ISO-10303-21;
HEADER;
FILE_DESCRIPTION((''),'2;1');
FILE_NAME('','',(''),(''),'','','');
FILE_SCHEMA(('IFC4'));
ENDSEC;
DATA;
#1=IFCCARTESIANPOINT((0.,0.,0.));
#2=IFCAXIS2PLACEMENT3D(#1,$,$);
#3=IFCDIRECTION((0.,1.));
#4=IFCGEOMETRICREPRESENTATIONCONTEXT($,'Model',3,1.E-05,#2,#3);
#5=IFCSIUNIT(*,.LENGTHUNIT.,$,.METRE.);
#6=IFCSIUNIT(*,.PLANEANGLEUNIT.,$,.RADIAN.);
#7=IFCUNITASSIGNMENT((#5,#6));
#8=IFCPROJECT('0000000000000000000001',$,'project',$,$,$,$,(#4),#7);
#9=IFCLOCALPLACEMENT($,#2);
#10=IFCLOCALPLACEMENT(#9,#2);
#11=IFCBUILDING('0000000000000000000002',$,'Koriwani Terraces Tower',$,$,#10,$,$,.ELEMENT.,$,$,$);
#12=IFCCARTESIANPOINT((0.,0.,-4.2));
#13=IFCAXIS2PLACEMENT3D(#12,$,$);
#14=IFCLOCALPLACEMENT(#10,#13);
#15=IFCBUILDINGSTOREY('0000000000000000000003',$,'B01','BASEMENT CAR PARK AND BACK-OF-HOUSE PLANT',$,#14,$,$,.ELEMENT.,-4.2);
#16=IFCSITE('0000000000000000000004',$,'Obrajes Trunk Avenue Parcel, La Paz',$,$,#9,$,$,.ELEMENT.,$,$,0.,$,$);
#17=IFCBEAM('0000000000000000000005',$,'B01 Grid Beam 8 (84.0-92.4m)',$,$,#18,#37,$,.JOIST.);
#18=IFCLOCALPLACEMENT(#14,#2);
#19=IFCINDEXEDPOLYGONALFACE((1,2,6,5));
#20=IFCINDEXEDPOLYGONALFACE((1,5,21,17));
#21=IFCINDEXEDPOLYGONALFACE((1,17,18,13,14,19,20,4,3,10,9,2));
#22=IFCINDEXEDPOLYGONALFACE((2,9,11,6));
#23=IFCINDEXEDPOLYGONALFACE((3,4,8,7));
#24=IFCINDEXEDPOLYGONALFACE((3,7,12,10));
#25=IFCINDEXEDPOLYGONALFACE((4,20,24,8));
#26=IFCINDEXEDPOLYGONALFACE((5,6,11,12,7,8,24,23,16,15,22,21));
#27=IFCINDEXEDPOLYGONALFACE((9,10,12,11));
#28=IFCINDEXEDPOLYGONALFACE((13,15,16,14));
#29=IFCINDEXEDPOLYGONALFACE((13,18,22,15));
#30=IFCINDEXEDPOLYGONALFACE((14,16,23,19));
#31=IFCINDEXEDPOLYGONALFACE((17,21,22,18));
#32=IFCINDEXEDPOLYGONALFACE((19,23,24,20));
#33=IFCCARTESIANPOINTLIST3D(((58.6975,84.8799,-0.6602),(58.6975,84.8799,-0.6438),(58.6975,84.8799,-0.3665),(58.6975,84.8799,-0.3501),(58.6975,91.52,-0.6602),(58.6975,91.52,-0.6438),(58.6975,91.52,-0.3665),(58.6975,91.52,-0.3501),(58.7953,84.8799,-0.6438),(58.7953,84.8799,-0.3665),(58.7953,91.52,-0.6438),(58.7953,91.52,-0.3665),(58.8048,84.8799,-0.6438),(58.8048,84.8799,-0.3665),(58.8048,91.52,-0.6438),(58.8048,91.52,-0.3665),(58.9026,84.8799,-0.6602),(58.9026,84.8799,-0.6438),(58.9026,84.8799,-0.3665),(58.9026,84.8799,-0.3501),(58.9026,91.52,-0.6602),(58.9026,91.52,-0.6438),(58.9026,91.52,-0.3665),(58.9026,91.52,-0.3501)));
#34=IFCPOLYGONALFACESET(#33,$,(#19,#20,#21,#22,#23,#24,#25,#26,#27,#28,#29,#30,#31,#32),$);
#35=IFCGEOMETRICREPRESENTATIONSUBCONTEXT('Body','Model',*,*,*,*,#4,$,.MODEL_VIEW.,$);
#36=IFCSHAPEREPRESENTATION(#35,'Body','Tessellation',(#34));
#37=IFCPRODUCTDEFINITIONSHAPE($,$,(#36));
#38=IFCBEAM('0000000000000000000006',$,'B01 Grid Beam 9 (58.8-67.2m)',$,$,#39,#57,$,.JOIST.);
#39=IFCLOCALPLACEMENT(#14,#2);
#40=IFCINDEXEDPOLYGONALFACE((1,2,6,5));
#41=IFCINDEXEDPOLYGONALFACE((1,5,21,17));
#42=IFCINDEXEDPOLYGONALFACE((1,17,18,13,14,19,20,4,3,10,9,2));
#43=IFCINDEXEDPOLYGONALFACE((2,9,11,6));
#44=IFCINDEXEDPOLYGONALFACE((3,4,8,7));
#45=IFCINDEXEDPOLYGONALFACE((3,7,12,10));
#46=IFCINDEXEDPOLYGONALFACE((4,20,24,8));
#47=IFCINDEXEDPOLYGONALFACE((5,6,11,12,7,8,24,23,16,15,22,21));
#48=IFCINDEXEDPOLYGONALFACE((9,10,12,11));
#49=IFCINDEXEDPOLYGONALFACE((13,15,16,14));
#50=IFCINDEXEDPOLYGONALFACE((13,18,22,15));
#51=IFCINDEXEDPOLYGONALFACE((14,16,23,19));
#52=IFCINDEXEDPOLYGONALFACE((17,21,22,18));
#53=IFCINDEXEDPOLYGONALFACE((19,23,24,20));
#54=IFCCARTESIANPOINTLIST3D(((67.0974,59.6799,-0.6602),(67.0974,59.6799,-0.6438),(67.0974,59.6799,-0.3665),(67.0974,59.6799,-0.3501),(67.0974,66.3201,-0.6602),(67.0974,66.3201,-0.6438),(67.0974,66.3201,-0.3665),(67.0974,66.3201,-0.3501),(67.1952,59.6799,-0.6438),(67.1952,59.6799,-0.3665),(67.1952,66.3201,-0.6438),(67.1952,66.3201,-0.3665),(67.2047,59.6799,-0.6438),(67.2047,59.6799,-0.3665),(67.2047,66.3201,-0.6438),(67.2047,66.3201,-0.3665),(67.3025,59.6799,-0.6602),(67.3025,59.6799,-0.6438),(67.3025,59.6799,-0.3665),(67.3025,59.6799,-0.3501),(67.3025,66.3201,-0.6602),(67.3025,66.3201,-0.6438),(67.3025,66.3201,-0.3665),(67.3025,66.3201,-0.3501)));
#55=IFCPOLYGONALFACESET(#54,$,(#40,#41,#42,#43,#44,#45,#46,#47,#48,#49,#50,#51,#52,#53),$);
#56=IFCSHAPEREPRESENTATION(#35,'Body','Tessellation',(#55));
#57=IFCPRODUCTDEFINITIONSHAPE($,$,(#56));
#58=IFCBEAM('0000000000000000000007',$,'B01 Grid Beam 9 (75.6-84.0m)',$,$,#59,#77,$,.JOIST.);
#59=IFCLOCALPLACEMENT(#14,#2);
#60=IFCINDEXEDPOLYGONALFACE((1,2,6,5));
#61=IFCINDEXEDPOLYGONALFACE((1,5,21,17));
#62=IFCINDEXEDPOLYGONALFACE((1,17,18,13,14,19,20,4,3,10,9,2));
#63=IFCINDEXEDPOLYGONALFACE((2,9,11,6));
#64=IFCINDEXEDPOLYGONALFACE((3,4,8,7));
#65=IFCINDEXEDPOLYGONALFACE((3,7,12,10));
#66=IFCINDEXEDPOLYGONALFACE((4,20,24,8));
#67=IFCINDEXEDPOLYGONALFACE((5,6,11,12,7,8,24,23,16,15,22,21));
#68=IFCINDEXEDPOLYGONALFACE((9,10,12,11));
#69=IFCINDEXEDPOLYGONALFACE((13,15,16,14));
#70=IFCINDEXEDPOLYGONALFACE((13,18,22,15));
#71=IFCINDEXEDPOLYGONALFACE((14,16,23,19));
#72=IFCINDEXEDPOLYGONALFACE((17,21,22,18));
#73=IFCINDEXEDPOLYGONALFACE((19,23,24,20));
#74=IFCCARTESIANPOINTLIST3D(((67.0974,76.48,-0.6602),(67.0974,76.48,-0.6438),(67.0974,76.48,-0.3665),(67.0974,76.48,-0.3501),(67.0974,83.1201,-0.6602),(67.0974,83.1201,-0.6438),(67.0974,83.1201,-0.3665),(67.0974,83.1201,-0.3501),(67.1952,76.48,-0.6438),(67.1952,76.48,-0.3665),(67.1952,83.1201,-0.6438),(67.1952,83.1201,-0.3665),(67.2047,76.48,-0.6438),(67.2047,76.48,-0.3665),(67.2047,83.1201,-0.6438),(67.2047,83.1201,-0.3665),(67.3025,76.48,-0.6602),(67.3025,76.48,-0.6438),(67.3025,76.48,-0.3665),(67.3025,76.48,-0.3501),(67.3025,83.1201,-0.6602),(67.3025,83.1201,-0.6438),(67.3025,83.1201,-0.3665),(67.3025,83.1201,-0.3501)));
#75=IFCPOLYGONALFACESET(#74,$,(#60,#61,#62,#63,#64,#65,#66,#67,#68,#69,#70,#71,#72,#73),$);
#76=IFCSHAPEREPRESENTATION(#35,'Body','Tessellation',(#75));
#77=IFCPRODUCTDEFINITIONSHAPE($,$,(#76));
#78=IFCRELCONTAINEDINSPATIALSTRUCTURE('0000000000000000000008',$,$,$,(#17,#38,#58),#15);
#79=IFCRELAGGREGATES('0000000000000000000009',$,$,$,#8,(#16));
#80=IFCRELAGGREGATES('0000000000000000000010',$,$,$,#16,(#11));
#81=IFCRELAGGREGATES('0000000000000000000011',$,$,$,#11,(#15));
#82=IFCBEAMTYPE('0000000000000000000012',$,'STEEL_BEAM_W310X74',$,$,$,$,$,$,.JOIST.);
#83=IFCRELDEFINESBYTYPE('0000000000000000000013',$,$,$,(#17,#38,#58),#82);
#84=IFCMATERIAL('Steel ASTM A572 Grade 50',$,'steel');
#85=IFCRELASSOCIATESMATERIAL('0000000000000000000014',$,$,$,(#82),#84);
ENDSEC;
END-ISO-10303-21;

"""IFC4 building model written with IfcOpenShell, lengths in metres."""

from ifc_helpers import new_model, si_unit, direction, frame, origin, origin_2d, place, context, subcontext, project, spatial, i_section, extrude, material, material_profile, profile_set, type_object, element, save


model = new_model("IFC4")

# Units and contexts
model_context = context("Model", 3, precision=1e-05, world=origin(), true_north=direction((0.0, 1.0)))
body_context = subcontext(model_context, "Body", "Model", "MODEL_VIEW")
ifc_project = project(units=[si_unit("LENGTHUNIT", "METRE"), si_unit("PLANEANGLEUNIT", "RADIAN")], contexts=[model_context])

# Site, building, storey
site_placement = place(None, origin())
site = spatial("IfcSite", under=ifc_project, at=site_placement, Name="Obrajes Trunk Avenue Parcel, La Paz", CompositionType="ELEMENT", RefElevation=0.0)
building_placement = place(site_placement, origin())
building = spatial("IfcBuilding", under=site, at=building_placement, Name="Koriwani Terraces Tower", CompositionType="ELEMENT")
storey_placement = place(building_placement, frame((0.0, 0.0, -4.2)))
storey = spatial("IfcBuildingStorey", under=building, at=storey_placement, Name="B01", Description="BASEMENT CAR PARK AND BACK-OF-HOUSE PLANT", CompositionType="ELEMENT", Elevation=-4.2)

# Beams
ifc_material_1 = material(Name="Steel ASTM A572 Grade 50", Category="steel")
ifc_material_profile_1 = material_profile(ifc_material_1, i_section(OverallWidth=0.2051, OverallDepth=0.3101, WebThickness=0.0095, FlangeThickness=0.0164, at=origin_2d()), Name="Steel ASTM A572 Grade 50", Category="LoadBearing")
ifc_profile_set_1 = profile_set([ifc_material_profile_1], Name="Steel ASTM A572 Grade 50")
beam_type_1 = type_object("IfcBeamType", Name="STEEL_BEAM_W310X74", PredefinedType="JOIST", material=ifc_profile_set_1)
for number, where, z_axis, x_axis, name in (
    (1, (58.8, 84.8799, -0.5051), (0.0, 1.0, 0.0), (-1.0, 0.0, 0.0), "B01 Grid Beam 8 (84.0-92.4m)"),
    (2, (67.2, 59.6799, -0.5051), (0.0, 1.0, 0.0), (-1.0, 0.0, 0.0), "B01 Grid Beam 9 (58.8-67.2m)"),
    (3, (67.2, 76.48, -0.5051), (0.0, 1.0, 0.0), (-1.0, 0.0, 0.0), "B01 Grid Beam 9 (75.6-84.0m)"),
):
    element("IfcBeam", number, at=place(storey_placement, frame(where, z_axis=z_axis, x_axis=x_axis)), inside=storey, type_object=beam_type_1, Name=name, PredefinedType="JOIST", context=body_context, shape_type="SweptSolid", body=[
        extrude(i_section(OverallWidth=0.2051, OverallDepth=0.3101, WebThickness=0.0095, FlangeThickness=0.0164, at=origin_2d()), origin(), (0.0, 0.0, 1.0), 6.6401),
    ])

save(model, "model.ifc")
